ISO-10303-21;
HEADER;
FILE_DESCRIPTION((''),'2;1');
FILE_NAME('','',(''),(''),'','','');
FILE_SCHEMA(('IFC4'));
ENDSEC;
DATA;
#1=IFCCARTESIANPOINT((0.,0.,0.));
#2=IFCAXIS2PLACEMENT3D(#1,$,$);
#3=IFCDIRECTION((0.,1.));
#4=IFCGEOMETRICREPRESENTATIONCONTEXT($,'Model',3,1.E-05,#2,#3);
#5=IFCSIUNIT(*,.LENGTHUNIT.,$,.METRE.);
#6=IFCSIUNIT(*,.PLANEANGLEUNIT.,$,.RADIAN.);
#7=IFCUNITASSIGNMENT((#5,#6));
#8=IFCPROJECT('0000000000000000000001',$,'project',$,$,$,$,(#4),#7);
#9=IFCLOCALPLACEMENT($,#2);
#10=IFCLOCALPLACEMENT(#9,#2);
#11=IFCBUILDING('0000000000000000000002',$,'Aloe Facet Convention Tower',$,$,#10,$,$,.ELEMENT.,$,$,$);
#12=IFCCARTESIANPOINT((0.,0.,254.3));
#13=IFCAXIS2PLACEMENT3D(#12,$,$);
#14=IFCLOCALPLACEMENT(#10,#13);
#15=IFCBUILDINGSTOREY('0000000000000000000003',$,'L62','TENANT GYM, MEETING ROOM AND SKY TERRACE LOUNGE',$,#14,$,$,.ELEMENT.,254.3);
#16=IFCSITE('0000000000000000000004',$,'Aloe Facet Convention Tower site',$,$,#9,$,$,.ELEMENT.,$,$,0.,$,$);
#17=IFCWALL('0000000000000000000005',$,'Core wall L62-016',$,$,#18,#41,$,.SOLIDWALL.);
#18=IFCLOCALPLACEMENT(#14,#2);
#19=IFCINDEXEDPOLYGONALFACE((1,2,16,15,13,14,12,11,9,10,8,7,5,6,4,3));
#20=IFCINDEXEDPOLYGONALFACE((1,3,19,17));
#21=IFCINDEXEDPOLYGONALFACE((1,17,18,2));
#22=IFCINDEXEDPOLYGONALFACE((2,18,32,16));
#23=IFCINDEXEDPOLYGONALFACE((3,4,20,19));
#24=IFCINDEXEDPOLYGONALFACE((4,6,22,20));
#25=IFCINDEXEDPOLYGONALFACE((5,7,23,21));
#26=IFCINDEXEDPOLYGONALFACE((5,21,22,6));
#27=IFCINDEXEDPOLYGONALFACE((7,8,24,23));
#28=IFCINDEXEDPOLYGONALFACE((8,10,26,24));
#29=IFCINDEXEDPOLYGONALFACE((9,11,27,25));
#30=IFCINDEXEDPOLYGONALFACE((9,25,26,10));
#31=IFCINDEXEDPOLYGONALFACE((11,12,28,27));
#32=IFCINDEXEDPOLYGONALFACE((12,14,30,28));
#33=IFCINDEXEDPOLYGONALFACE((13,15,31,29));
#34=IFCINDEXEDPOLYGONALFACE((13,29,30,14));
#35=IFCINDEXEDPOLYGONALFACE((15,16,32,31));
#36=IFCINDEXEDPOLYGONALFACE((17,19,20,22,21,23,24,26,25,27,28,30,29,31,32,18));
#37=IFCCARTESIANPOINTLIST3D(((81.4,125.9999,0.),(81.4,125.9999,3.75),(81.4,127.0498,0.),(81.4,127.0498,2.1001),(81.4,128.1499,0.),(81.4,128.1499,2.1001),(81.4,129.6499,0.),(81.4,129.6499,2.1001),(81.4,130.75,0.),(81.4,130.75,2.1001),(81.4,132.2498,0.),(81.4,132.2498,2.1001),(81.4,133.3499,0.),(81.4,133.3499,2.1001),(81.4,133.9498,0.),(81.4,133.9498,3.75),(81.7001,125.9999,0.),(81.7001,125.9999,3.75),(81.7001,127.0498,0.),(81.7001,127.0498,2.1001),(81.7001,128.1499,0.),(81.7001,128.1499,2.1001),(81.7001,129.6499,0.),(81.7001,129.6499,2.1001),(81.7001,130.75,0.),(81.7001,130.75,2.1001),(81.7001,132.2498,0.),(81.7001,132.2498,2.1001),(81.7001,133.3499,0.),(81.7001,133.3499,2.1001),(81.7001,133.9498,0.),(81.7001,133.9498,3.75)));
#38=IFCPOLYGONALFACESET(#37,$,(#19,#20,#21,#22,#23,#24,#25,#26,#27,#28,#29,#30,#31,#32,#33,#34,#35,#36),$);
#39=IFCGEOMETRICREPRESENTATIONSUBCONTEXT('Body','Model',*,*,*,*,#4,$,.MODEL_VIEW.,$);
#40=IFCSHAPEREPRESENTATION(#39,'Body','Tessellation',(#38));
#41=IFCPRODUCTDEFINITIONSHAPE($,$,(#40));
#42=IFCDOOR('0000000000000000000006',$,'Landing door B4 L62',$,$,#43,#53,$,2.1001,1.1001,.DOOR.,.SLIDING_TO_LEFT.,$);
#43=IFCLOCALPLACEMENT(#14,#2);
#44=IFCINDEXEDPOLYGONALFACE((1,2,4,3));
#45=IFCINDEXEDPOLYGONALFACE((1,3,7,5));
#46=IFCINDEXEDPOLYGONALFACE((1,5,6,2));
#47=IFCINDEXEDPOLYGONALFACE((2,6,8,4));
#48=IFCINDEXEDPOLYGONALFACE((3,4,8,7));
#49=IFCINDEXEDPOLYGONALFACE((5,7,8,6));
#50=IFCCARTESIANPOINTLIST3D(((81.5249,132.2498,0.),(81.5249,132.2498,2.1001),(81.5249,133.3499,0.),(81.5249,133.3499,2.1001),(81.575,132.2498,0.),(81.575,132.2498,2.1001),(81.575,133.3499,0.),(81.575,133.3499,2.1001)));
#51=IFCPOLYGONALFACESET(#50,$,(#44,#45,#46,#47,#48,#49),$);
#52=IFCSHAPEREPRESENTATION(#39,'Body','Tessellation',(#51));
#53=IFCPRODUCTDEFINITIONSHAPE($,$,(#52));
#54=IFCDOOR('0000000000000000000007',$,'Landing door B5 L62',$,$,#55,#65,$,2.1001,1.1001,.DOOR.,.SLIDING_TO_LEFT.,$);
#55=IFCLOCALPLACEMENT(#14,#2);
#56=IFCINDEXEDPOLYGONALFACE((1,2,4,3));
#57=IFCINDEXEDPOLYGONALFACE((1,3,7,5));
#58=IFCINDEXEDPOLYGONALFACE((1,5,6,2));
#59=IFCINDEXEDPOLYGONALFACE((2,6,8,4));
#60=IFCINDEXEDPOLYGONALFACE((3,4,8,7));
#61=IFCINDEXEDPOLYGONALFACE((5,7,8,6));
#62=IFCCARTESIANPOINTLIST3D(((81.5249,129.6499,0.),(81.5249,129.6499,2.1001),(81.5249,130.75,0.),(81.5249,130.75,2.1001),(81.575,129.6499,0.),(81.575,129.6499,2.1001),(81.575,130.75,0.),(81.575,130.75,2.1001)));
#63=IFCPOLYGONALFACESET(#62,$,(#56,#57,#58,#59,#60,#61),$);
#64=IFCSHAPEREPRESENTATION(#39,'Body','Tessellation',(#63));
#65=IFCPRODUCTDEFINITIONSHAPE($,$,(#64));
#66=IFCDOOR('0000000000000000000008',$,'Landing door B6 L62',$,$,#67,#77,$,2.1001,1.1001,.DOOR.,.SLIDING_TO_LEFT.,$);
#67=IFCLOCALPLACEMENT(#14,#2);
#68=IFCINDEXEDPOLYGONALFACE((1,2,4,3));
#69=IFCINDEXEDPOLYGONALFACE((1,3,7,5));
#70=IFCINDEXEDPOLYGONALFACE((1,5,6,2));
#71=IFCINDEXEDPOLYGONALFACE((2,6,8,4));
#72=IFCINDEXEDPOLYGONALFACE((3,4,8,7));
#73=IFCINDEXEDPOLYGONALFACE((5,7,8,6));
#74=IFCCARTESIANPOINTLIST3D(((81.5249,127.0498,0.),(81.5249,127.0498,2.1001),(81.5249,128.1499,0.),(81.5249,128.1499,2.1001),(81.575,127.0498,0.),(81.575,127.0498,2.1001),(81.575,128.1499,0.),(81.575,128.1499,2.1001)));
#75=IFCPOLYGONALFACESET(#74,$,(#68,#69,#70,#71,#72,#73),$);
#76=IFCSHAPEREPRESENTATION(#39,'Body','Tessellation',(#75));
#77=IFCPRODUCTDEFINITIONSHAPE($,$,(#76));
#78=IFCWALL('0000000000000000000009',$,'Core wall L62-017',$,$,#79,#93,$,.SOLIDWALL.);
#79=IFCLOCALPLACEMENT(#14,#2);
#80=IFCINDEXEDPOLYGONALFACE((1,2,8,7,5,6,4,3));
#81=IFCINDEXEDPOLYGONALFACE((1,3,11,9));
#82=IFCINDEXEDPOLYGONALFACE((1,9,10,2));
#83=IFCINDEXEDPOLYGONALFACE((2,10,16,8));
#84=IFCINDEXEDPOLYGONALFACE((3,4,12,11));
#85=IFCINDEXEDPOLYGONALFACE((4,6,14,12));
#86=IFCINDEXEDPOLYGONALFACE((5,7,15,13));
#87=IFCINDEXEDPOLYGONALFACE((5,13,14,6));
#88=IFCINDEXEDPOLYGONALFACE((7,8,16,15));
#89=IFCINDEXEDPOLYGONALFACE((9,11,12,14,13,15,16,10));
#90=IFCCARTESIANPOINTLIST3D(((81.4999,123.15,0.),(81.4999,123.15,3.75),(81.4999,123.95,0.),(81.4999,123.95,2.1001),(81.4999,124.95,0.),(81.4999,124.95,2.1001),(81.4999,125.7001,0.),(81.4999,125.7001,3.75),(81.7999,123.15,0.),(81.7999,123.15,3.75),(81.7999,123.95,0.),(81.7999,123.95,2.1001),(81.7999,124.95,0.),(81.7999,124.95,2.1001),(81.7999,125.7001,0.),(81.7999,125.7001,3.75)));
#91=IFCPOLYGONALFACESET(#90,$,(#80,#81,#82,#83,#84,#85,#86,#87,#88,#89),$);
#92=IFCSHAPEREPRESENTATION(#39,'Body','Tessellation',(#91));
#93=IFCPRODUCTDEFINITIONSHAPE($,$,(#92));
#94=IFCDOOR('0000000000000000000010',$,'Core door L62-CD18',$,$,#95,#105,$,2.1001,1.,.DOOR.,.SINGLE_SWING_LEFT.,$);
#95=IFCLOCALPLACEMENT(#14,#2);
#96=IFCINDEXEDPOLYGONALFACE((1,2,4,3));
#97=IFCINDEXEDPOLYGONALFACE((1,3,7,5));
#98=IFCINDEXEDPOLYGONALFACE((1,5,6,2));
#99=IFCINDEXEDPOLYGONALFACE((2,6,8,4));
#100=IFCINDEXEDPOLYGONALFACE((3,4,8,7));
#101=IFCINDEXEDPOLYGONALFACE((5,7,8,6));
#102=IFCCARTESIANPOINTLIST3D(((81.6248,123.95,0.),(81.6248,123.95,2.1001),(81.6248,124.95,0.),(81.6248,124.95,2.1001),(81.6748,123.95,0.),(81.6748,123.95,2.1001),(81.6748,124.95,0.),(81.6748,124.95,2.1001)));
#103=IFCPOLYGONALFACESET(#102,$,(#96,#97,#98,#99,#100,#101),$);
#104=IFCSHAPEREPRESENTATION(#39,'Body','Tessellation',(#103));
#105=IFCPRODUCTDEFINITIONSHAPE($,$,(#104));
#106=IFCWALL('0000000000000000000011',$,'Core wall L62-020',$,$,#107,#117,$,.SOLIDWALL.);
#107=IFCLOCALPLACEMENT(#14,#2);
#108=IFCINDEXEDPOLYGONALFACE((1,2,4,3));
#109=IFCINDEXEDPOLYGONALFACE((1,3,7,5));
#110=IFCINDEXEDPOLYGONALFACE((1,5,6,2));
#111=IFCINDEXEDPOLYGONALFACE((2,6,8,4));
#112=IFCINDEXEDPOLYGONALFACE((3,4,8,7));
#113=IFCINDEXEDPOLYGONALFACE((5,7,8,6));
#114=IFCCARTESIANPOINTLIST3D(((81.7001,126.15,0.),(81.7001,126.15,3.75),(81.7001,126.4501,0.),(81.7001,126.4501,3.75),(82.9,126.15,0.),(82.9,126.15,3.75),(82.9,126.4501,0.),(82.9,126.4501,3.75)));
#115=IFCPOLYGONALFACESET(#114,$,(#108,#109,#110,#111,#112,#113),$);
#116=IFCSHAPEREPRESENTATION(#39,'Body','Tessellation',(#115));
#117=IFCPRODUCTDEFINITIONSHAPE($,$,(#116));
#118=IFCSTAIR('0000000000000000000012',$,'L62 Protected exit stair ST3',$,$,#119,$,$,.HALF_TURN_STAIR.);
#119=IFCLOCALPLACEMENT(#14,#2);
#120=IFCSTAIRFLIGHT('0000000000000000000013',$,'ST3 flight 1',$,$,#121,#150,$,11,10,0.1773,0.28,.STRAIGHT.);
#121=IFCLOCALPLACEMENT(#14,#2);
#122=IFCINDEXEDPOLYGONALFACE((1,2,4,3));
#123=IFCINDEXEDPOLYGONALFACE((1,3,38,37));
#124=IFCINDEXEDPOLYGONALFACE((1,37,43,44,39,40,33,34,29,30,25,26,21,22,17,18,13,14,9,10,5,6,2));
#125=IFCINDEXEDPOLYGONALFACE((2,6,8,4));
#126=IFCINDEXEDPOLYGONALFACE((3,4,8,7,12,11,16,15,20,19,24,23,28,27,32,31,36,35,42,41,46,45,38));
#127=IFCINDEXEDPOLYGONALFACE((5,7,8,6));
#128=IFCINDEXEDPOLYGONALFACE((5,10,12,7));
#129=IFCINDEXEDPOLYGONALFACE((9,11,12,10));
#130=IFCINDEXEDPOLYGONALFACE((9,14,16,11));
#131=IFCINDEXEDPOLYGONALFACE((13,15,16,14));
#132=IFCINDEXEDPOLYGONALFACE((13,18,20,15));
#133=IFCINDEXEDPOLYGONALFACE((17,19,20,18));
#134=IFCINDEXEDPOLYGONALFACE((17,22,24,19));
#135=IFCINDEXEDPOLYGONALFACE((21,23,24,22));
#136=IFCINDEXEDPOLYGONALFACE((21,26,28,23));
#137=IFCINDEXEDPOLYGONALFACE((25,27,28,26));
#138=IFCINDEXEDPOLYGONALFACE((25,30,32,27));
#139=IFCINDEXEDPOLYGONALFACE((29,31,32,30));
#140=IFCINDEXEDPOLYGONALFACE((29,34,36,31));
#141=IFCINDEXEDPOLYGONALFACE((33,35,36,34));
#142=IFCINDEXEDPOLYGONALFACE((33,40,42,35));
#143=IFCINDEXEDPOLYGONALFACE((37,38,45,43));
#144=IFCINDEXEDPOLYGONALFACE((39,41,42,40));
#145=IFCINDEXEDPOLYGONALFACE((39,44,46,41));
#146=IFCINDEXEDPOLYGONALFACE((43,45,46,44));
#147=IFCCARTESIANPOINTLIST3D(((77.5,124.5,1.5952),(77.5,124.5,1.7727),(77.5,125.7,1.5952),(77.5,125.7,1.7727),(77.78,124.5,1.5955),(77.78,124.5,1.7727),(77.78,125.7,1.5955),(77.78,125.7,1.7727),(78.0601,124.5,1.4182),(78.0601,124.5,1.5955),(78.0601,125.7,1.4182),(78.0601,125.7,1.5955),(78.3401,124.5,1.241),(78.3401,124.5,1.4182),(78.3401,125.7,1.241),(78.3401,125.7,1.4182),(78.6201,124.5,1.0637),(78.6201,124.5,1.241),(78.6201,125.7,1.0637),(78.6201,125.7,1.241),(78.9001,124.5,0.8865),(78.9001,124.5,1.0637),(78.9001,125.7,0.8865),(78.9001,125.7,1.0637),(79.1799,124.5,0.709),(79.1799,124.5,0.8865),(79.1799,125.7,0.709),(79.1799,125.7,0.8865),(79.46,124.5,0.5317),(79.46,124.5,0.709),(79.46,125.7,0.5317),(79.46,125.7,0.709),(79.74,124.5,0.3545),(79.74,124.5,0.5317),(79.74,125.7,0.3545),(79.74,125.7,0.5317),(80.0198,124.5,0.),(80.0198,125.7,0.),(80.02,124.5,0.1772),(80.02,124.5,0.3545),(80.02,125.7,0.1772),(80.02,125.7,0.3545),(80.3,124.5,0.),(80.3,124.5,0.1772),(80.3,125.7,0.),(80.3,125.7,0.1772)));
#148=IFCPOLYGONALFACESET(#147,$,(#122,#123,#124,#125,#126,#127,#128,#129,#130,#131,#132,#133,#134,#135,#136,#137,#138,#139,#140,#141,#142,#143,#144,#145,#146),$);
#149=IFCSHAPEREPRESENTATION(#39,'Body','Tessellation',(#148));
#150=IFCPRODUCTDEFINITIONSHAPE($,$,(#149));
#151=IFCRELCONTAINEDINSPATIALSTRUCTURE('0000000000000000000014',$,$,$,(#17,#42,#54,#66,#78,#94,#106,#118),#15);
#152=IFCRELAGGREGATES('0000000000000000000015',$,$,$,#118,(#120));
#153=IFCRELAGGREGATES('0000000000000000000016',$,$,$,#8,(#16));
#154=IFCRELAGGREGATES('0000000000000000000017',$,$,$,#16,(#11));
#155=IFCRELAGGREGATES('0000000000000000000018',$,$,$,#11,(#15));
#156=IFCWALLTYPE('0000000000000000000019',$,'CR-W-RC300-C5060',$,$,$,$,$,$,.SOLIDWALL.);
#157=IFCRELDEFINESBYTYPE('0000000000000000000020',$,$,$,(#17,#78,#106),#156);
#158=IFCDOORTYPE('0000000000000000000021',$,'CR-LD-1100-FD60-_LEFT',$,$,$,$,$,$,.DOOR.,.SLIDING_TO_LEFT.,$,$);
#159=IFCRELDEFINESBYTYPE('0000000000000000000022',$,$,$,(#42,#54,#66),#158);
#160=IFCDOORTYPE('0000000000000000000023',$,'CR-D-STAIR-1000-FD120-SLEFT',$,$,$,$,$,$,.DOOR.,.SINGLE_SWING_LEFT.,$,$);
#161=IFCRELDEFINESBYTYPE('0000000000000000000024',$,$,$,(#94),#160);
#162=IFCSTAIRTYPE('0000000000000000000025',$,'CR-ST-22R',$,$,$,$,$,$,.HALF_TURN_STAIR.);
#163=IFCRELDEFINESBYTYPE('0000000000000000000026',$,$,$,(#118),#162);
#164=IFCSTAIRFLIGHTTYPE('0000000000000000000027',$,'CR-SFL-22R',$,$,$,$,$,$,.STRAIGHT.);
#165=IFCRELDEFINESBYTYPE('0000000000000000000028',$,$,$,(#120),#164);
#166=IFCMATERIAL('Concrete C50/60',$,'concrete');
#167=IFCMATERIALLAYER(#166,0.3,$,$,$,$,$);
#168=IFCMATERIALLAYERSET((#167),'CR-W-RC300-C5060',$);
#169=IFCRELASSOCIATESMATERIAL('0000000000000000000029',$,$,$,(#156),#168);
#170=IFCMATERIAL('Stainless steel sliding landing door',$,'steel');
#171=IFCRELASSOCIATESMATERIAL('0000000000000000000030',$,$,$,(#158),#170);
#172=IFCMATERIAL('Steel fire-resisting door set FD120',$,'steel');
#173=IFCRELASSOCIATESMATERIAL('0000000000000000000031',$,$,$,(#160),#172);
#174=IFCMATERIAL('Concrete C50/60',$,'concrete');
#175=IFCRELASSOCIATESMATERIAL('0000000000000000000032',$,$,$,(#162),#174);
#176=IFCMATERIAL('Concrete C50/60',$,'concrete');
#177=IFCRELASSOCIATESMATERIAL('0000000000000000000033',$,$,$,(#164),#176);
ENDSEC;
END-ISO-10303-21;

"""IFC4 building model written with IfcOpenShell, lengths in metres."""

from ifc_helpers import new_model, si_unit, direction, frame, frame_2d, origin, place, context, subcontext, project, spatial, polyline, rectangle, outline, extrude, material, layer, layer_set, type_object, element, fill, aggregate, save


model = new_model("IFC4")

# Units and contexts
model_context = context("Model", 3, precision=1e-05, world=origin(), true_north=direction((0.0, 1.0)))
body_context = subcontext(model_context, "Body", "Model", "MODEL_VIEW")
ifc_project = project(units=[si_unit("LENGTHUNIT", "METRE"), si_unit("PLANEANGLEUNIT", "RADIAN")], contexts=[model_context])

# Site, building, storey
site_placement = place(None, origin())
site = spatial("IfcSite", under=ifc_project, at=site_placement, Name="Aloe Facet Convention Tower site", CompositionType="ELEMENT", RefElevation=0.0)
building_placement = place(site_placement, origin())
building = spatial("IfcBuilding", under=site, at=building_placement, Name="Aloe Facet Convention Tower", CompositionType="ELEMENT")
storey_placement = place(building_placement, frame((0.0, 0.0, 254.3)))
storey = spatial("IfcBuildingStorey", under=building, at=storey_placement, Name="L62", Description="TENANT GYM, MEETING ROOM AND SKY TERRACE LOUNGE", CompositionType="ELEMENT", Elevation=254.3)

# Shared definitions
ifc_material_1 = material(Name="Concrete C50/60", Category="concrete")
ifc_layer = layer(ifc_material_1, 0.3)
ifc_layer_set = layer_set([ifc_layer], Name="CR-W-RC300-C5060")
wall_type = type_object("IfcWallType", Name="CR-W-RC300-C5060", PredefinedType="SOLIDWALL", material=ifc_layer_set)

# Wall, openings, doors
wall_1_placement = place(storey_placement, frame((81.55, 133.95, 0.0), z_axis=(0.0, 0.0, 1.0), x_axis=(0.0, -1.0, 0.0)))
wall_1 = element("IfcWall", 1, at=wall_1_placement, inside=storey, type_object=wall_type, Name="Core wall L62-016", PredefinedType="SOLIDWALL", context=body_context, shape_type="SweptSolid", body=[
    extrude(rectangle(XDim=7.95, YDim=0.3, at=frame_2d((3.9751, 0.0))), origin(), (0.0, 0.0, 1.0), 3.75),
])
opening_1_placement = place(wall_1_placement, frame((0.6001, 0.0, 0.0)))
opening_1 = element("IfcOpeningElement", 2, at=opening_1_placement, cuts=wall_1, PredefinedType="OPENING", context=body_context, shape_type="SweptSolid", body=[
    extrude(rectangle(XDim=1.1001, YDim=2.1001, at=frame_2d((0.55, 1.05))), frame((0.0, 0.1602, 0.0), z_axis=(0.0, -1.0, 0.0), x_axis=(1.0, 0.0, 0.0)), (0.0, 0.0, 1.0), 0.3201),
])
opening_2_placement = place(wall_1_placement, frame((3.2, 0.0, 0.0)))
opening_2 = element("IfcOpeningElement", 3, at=opening_2_placement, cuts=wall_1, PredefinedType="OPENING", context=body_context, shape_type="SweptSolid", body=[
    extrude(rectangle(XDim=1.1001, YDim=2.1001, at=frame_2d((0.55, 1.05))), frame((0.0, 0.1602, 0.0), z_axis=(0.0, -1.0, 0.0), x_axis=(1.0, 0.0, 0.0)), (0.0, 0.0, 1.0), 0.3201),
])
opening_3_placement = place(wall_1_placement, frame((5.8, 0.0, 0.0)))
opening_3 = element("IfcOpeningElement", 4, at=opening_3_placement, cuts=wall_1, PredefinedType="OPENING", context=body_context, shape_type="SweptSolid", body=[
    extrude(rectangle(XDim=1.1001, YDim=2.1001, at=frame_2d((0.55, 1.05))), frame((0.0, 0.1602, 0.0), z_axis=(0.0, -1.0, 0.0), x_axis=(1.0, 0.0, 0.0)), (0.0, 0.0, 1.0), 0.3201),
])
ifc_material_2 = material(Name="Stainless steel sliding landing door", Category="steel")
door_type_1 = type_object("IfcDoorType", Name="CR-LD-1100-FD60-_LEFT", OperationType="SLIDING_TO_LEFT", PredefinedType="DOOR", material=ifc_material_2)
door_1_placement = place(opening_1_placement, origin())
door_1 = element("IfcDoor", 5, at=door_1_placement, inside=storey, type_object=door_type_1, Name="Landing door B4 L62", OperationType="SLIDING_TO_LEFT", OverallHeight=2.1001, OverallWidth=1.1001, PredefinedType="DOOR", context=body_context, shape_type="SweptSolid", body=[
    extrude(rectangle(XDim=1.1001, YDim=2.1001, at=frame_2d((0.55, 1.05))), frame((0.0, 0.0249, 0.0), z_axis=(0.0, -1.0, 0.0), x_axis=(1.0, 0.0, 0.0)), (0.0, 0.0, 1.0), 0.05),
])
fill(opening_1, door_1)
door_2_placement = place(opening_2_placement, origin())
door_2 = element("IfcDoor", 6, at=door_2_placement, inside=storey, type_object=door_type_1, Name="Landing door B5 L62", OperationType="SLIDING_TO_LEFT", OverallHeight=2.1001, OverallWidth=1.1001, PredefinedType="DOOR", context=body_context, shape_type="SweptSolid", body=[
    extrude(rectangle(XDim=1.1001, YDim=2.1001, at=frame_2d((0.55, 1.05))), frame((0.0, 0.0249, 0.0), z_axis=(0.0, -1.0, 0.0), x_axis=(1.0, 0.0, 0.0)), (0.0, 0.0, 1.0), 0.05),
])
fill(opening_2, door_2)
door_3_placement = place(opening_3_placement, origin())
door_3 = element("IfcDoor", 7, at=door_3_placement, inside=storey, type_object=door_type_1, Name="Landing door B6 L62", OperationType="SLIDING_TO_LEFT", OverallHeight=2.1001, OverallWidth=1.1001, PredefinedType="DOOR", context=body_context, shape_type="SweptSolid", body=[
    extrude(rectangle(XDim=1.1001, YDim=2.1001, at=frame_2d((0.55, 1.05))), frame((0.0, 0.0249, 0.0), z_axis=(0.0, -1.0, 0.0), x_axis=(1.0, 0.0, 0.0)), (0.0, 0.0, 1.0), 0.05),
])
fill(opening_3, door_3)

# Wall, opening, door
wall_2_placement = place(storey_placement, frame((81.6499, 125.7, 0.0), z_axis=(0.0, 0.0, 1.0), x_axis=(0.0, -1.0, 0.0)))
wall_2 = element("IfcWall", 8, at=wall_2_placement, inside=storey, type_object=wall_type, Name="Core wall L62-017", PredefinedType="SOLIDWALL", context=body_context, shape_type="SweptSolid", body=[
    extrude(rectangle(XDim=2.55, YDim=0.3, at=frame_2d((1.2749, 0.0))), origin(), (0.0, 0.0, 1.0), 3.75),
])
opening_4_placement = place(wall_2_placement, frame((0.75, 0.0, 0.0)))
opening_4 = element("IfcOpeningElement", 9, at=opening_4_placement, cuts=wall_2, PredefinedType="OPENING", context=body_context, shape_type="SweptSolid", body=[
    extrude(rectangle(XDim=1.0, YDim=2.1001, at=frame_2d((0.5, 1.05))), frame((0.0, 0.1602, 0.0), z_axis=(0.0, -1.0, 0.0), x_axis=(1.0, 0.0, 0.0)), (0.0, 0.0, 1.0), 0.3201),
])
ifc_material_3 = material(Name="Steel fire-resisting door set FD120", Category="steel")
door_type_2 = type_object("IfcDoorType", Name="CR-D-STAIR-1000-FD120-SLEFT", OperationType="SINGLE_SWING_LEFT", PredefinedType="DOOR", material=ifc_material_3)
door_4_placement = place(opening_4_placement, origin())
door_4 = element("IfcDoor", 10, at=door_4_placement, inside=storey, type_object=door_type_2, Name="Core door L62-CD18", OperationType="SINGLE_SWING_LEFT", OverallHeight=2.1001, OverallWidth=1.0, PredefinedType="DOOR", context=body_context, shape_type="SweptSolid", body=[
    extrude(rectangle(XDim=1.0, YDim=2.1001, at=frame_2d((0.5, 1.05))), frame((0.0, 0.0249, 0.0), z_axis=(0.0, -1.0, 0.0), x_axis=(1.0, 0.0, 0.0)), (0.0, 0.0, 1.0), 0.05),
])
fill(opening_4, door_4)

# Wall
wall_3_placement = place(storey_placement, frame((81.7, 126.3, 0.0), z_axis=(0.0, 0.0, 1.0), x_axis=(1.0, 0.0, 0.0)))
element("IfcWall", 11, at=wall_3_placement, inside=storey, type_object=wall_type, Name="Core wall L62-020", PredefinedType="SOLIDWALL", context=body_context, shape_type="SweptSolid", body=[
    extrude(rectangle(XDim=1.2, YDim=0.3, at=frame_2d((0.6001, 0.0))), origin(), (0.0, 0.0, 1.0), 3.75),
])

# Stair, stair flight
ifc_material_4 = material(Name="Concrete C50/60", Category="concrete")
stair_type = type_object("IfcStairType", Name="CR-ST-22R", PredefinedType="HALF_TURN_STAIR", material=ifc_material_4)
stair_placement = place(storey_placement, origin())
stair = element("IfcStair", 12, at=stair_placement, inside=storey, type_object=stair_type, Name="L62 Protected exit stair ST3", PredefinedType="HALF_TURN_STAIR")
ifc_material_5 = material(Name="Concrete C50/60", Category="concrete")
stair_flight_type = type_object("IfcStairFlightType", Name="CR-SFL-22R", PredefinedType="STRAIGHT", material=ifc_material_5)
stair_flight_placement = place(storey_placement, frame((80.3, 125.1001, 0.0), z_axis=(0.0, 0.0, 1.0), x_axis=(-1.0, 0.0, 0.0)))
stair_flight = element("IfcStairFlight", 13, at=stair_flight_placement, type_object=stair_flight_type, Name="ST3 flight 1", NumberOfRisers=11, NumberOfTreads=10, PredefinedType="STRAIGHT", RiserHeight=0.1773, TreadLength=0.28, context=body_context, shape_type="SweptSolid", body=[
    extrude(outline(polyline([(0.0, 0.0), (0.0, 0.1772), (0.28, 0.1772), (0.28, 0.3545), (0.5601, 0.3545), (0.5601, 0.5317), (0.8401, 0.5317), (0.8401, 0.709), (1.1201, 0.709), (1.1201, 0.8865), (1.3999, 0.8865), (1.3999, 1.0637), (1.6799, 1.0637), (1.6799, 1.241), (1.96, 1.241), (1.96, 1.4182), (2.24, 1.4182), (2.24, 1.5955), (2.52, 1.5955), (2.52, 1.7727), (2.8, 1.7727), (2.8, 1.95), (2.8, 1.5952), (0.2803, 0.0), (0.0, 0.0)])), frame((0.0, 0.6001, 0.0), z_axis=(0.0, -1.0, 0.0), x_axis=(1.0, 0.0, 0.0)), (0.0, 0.0, 1.0), 1.2),
])
aggregate(stair, [stair_flight])

save(model, "model.ifc")
